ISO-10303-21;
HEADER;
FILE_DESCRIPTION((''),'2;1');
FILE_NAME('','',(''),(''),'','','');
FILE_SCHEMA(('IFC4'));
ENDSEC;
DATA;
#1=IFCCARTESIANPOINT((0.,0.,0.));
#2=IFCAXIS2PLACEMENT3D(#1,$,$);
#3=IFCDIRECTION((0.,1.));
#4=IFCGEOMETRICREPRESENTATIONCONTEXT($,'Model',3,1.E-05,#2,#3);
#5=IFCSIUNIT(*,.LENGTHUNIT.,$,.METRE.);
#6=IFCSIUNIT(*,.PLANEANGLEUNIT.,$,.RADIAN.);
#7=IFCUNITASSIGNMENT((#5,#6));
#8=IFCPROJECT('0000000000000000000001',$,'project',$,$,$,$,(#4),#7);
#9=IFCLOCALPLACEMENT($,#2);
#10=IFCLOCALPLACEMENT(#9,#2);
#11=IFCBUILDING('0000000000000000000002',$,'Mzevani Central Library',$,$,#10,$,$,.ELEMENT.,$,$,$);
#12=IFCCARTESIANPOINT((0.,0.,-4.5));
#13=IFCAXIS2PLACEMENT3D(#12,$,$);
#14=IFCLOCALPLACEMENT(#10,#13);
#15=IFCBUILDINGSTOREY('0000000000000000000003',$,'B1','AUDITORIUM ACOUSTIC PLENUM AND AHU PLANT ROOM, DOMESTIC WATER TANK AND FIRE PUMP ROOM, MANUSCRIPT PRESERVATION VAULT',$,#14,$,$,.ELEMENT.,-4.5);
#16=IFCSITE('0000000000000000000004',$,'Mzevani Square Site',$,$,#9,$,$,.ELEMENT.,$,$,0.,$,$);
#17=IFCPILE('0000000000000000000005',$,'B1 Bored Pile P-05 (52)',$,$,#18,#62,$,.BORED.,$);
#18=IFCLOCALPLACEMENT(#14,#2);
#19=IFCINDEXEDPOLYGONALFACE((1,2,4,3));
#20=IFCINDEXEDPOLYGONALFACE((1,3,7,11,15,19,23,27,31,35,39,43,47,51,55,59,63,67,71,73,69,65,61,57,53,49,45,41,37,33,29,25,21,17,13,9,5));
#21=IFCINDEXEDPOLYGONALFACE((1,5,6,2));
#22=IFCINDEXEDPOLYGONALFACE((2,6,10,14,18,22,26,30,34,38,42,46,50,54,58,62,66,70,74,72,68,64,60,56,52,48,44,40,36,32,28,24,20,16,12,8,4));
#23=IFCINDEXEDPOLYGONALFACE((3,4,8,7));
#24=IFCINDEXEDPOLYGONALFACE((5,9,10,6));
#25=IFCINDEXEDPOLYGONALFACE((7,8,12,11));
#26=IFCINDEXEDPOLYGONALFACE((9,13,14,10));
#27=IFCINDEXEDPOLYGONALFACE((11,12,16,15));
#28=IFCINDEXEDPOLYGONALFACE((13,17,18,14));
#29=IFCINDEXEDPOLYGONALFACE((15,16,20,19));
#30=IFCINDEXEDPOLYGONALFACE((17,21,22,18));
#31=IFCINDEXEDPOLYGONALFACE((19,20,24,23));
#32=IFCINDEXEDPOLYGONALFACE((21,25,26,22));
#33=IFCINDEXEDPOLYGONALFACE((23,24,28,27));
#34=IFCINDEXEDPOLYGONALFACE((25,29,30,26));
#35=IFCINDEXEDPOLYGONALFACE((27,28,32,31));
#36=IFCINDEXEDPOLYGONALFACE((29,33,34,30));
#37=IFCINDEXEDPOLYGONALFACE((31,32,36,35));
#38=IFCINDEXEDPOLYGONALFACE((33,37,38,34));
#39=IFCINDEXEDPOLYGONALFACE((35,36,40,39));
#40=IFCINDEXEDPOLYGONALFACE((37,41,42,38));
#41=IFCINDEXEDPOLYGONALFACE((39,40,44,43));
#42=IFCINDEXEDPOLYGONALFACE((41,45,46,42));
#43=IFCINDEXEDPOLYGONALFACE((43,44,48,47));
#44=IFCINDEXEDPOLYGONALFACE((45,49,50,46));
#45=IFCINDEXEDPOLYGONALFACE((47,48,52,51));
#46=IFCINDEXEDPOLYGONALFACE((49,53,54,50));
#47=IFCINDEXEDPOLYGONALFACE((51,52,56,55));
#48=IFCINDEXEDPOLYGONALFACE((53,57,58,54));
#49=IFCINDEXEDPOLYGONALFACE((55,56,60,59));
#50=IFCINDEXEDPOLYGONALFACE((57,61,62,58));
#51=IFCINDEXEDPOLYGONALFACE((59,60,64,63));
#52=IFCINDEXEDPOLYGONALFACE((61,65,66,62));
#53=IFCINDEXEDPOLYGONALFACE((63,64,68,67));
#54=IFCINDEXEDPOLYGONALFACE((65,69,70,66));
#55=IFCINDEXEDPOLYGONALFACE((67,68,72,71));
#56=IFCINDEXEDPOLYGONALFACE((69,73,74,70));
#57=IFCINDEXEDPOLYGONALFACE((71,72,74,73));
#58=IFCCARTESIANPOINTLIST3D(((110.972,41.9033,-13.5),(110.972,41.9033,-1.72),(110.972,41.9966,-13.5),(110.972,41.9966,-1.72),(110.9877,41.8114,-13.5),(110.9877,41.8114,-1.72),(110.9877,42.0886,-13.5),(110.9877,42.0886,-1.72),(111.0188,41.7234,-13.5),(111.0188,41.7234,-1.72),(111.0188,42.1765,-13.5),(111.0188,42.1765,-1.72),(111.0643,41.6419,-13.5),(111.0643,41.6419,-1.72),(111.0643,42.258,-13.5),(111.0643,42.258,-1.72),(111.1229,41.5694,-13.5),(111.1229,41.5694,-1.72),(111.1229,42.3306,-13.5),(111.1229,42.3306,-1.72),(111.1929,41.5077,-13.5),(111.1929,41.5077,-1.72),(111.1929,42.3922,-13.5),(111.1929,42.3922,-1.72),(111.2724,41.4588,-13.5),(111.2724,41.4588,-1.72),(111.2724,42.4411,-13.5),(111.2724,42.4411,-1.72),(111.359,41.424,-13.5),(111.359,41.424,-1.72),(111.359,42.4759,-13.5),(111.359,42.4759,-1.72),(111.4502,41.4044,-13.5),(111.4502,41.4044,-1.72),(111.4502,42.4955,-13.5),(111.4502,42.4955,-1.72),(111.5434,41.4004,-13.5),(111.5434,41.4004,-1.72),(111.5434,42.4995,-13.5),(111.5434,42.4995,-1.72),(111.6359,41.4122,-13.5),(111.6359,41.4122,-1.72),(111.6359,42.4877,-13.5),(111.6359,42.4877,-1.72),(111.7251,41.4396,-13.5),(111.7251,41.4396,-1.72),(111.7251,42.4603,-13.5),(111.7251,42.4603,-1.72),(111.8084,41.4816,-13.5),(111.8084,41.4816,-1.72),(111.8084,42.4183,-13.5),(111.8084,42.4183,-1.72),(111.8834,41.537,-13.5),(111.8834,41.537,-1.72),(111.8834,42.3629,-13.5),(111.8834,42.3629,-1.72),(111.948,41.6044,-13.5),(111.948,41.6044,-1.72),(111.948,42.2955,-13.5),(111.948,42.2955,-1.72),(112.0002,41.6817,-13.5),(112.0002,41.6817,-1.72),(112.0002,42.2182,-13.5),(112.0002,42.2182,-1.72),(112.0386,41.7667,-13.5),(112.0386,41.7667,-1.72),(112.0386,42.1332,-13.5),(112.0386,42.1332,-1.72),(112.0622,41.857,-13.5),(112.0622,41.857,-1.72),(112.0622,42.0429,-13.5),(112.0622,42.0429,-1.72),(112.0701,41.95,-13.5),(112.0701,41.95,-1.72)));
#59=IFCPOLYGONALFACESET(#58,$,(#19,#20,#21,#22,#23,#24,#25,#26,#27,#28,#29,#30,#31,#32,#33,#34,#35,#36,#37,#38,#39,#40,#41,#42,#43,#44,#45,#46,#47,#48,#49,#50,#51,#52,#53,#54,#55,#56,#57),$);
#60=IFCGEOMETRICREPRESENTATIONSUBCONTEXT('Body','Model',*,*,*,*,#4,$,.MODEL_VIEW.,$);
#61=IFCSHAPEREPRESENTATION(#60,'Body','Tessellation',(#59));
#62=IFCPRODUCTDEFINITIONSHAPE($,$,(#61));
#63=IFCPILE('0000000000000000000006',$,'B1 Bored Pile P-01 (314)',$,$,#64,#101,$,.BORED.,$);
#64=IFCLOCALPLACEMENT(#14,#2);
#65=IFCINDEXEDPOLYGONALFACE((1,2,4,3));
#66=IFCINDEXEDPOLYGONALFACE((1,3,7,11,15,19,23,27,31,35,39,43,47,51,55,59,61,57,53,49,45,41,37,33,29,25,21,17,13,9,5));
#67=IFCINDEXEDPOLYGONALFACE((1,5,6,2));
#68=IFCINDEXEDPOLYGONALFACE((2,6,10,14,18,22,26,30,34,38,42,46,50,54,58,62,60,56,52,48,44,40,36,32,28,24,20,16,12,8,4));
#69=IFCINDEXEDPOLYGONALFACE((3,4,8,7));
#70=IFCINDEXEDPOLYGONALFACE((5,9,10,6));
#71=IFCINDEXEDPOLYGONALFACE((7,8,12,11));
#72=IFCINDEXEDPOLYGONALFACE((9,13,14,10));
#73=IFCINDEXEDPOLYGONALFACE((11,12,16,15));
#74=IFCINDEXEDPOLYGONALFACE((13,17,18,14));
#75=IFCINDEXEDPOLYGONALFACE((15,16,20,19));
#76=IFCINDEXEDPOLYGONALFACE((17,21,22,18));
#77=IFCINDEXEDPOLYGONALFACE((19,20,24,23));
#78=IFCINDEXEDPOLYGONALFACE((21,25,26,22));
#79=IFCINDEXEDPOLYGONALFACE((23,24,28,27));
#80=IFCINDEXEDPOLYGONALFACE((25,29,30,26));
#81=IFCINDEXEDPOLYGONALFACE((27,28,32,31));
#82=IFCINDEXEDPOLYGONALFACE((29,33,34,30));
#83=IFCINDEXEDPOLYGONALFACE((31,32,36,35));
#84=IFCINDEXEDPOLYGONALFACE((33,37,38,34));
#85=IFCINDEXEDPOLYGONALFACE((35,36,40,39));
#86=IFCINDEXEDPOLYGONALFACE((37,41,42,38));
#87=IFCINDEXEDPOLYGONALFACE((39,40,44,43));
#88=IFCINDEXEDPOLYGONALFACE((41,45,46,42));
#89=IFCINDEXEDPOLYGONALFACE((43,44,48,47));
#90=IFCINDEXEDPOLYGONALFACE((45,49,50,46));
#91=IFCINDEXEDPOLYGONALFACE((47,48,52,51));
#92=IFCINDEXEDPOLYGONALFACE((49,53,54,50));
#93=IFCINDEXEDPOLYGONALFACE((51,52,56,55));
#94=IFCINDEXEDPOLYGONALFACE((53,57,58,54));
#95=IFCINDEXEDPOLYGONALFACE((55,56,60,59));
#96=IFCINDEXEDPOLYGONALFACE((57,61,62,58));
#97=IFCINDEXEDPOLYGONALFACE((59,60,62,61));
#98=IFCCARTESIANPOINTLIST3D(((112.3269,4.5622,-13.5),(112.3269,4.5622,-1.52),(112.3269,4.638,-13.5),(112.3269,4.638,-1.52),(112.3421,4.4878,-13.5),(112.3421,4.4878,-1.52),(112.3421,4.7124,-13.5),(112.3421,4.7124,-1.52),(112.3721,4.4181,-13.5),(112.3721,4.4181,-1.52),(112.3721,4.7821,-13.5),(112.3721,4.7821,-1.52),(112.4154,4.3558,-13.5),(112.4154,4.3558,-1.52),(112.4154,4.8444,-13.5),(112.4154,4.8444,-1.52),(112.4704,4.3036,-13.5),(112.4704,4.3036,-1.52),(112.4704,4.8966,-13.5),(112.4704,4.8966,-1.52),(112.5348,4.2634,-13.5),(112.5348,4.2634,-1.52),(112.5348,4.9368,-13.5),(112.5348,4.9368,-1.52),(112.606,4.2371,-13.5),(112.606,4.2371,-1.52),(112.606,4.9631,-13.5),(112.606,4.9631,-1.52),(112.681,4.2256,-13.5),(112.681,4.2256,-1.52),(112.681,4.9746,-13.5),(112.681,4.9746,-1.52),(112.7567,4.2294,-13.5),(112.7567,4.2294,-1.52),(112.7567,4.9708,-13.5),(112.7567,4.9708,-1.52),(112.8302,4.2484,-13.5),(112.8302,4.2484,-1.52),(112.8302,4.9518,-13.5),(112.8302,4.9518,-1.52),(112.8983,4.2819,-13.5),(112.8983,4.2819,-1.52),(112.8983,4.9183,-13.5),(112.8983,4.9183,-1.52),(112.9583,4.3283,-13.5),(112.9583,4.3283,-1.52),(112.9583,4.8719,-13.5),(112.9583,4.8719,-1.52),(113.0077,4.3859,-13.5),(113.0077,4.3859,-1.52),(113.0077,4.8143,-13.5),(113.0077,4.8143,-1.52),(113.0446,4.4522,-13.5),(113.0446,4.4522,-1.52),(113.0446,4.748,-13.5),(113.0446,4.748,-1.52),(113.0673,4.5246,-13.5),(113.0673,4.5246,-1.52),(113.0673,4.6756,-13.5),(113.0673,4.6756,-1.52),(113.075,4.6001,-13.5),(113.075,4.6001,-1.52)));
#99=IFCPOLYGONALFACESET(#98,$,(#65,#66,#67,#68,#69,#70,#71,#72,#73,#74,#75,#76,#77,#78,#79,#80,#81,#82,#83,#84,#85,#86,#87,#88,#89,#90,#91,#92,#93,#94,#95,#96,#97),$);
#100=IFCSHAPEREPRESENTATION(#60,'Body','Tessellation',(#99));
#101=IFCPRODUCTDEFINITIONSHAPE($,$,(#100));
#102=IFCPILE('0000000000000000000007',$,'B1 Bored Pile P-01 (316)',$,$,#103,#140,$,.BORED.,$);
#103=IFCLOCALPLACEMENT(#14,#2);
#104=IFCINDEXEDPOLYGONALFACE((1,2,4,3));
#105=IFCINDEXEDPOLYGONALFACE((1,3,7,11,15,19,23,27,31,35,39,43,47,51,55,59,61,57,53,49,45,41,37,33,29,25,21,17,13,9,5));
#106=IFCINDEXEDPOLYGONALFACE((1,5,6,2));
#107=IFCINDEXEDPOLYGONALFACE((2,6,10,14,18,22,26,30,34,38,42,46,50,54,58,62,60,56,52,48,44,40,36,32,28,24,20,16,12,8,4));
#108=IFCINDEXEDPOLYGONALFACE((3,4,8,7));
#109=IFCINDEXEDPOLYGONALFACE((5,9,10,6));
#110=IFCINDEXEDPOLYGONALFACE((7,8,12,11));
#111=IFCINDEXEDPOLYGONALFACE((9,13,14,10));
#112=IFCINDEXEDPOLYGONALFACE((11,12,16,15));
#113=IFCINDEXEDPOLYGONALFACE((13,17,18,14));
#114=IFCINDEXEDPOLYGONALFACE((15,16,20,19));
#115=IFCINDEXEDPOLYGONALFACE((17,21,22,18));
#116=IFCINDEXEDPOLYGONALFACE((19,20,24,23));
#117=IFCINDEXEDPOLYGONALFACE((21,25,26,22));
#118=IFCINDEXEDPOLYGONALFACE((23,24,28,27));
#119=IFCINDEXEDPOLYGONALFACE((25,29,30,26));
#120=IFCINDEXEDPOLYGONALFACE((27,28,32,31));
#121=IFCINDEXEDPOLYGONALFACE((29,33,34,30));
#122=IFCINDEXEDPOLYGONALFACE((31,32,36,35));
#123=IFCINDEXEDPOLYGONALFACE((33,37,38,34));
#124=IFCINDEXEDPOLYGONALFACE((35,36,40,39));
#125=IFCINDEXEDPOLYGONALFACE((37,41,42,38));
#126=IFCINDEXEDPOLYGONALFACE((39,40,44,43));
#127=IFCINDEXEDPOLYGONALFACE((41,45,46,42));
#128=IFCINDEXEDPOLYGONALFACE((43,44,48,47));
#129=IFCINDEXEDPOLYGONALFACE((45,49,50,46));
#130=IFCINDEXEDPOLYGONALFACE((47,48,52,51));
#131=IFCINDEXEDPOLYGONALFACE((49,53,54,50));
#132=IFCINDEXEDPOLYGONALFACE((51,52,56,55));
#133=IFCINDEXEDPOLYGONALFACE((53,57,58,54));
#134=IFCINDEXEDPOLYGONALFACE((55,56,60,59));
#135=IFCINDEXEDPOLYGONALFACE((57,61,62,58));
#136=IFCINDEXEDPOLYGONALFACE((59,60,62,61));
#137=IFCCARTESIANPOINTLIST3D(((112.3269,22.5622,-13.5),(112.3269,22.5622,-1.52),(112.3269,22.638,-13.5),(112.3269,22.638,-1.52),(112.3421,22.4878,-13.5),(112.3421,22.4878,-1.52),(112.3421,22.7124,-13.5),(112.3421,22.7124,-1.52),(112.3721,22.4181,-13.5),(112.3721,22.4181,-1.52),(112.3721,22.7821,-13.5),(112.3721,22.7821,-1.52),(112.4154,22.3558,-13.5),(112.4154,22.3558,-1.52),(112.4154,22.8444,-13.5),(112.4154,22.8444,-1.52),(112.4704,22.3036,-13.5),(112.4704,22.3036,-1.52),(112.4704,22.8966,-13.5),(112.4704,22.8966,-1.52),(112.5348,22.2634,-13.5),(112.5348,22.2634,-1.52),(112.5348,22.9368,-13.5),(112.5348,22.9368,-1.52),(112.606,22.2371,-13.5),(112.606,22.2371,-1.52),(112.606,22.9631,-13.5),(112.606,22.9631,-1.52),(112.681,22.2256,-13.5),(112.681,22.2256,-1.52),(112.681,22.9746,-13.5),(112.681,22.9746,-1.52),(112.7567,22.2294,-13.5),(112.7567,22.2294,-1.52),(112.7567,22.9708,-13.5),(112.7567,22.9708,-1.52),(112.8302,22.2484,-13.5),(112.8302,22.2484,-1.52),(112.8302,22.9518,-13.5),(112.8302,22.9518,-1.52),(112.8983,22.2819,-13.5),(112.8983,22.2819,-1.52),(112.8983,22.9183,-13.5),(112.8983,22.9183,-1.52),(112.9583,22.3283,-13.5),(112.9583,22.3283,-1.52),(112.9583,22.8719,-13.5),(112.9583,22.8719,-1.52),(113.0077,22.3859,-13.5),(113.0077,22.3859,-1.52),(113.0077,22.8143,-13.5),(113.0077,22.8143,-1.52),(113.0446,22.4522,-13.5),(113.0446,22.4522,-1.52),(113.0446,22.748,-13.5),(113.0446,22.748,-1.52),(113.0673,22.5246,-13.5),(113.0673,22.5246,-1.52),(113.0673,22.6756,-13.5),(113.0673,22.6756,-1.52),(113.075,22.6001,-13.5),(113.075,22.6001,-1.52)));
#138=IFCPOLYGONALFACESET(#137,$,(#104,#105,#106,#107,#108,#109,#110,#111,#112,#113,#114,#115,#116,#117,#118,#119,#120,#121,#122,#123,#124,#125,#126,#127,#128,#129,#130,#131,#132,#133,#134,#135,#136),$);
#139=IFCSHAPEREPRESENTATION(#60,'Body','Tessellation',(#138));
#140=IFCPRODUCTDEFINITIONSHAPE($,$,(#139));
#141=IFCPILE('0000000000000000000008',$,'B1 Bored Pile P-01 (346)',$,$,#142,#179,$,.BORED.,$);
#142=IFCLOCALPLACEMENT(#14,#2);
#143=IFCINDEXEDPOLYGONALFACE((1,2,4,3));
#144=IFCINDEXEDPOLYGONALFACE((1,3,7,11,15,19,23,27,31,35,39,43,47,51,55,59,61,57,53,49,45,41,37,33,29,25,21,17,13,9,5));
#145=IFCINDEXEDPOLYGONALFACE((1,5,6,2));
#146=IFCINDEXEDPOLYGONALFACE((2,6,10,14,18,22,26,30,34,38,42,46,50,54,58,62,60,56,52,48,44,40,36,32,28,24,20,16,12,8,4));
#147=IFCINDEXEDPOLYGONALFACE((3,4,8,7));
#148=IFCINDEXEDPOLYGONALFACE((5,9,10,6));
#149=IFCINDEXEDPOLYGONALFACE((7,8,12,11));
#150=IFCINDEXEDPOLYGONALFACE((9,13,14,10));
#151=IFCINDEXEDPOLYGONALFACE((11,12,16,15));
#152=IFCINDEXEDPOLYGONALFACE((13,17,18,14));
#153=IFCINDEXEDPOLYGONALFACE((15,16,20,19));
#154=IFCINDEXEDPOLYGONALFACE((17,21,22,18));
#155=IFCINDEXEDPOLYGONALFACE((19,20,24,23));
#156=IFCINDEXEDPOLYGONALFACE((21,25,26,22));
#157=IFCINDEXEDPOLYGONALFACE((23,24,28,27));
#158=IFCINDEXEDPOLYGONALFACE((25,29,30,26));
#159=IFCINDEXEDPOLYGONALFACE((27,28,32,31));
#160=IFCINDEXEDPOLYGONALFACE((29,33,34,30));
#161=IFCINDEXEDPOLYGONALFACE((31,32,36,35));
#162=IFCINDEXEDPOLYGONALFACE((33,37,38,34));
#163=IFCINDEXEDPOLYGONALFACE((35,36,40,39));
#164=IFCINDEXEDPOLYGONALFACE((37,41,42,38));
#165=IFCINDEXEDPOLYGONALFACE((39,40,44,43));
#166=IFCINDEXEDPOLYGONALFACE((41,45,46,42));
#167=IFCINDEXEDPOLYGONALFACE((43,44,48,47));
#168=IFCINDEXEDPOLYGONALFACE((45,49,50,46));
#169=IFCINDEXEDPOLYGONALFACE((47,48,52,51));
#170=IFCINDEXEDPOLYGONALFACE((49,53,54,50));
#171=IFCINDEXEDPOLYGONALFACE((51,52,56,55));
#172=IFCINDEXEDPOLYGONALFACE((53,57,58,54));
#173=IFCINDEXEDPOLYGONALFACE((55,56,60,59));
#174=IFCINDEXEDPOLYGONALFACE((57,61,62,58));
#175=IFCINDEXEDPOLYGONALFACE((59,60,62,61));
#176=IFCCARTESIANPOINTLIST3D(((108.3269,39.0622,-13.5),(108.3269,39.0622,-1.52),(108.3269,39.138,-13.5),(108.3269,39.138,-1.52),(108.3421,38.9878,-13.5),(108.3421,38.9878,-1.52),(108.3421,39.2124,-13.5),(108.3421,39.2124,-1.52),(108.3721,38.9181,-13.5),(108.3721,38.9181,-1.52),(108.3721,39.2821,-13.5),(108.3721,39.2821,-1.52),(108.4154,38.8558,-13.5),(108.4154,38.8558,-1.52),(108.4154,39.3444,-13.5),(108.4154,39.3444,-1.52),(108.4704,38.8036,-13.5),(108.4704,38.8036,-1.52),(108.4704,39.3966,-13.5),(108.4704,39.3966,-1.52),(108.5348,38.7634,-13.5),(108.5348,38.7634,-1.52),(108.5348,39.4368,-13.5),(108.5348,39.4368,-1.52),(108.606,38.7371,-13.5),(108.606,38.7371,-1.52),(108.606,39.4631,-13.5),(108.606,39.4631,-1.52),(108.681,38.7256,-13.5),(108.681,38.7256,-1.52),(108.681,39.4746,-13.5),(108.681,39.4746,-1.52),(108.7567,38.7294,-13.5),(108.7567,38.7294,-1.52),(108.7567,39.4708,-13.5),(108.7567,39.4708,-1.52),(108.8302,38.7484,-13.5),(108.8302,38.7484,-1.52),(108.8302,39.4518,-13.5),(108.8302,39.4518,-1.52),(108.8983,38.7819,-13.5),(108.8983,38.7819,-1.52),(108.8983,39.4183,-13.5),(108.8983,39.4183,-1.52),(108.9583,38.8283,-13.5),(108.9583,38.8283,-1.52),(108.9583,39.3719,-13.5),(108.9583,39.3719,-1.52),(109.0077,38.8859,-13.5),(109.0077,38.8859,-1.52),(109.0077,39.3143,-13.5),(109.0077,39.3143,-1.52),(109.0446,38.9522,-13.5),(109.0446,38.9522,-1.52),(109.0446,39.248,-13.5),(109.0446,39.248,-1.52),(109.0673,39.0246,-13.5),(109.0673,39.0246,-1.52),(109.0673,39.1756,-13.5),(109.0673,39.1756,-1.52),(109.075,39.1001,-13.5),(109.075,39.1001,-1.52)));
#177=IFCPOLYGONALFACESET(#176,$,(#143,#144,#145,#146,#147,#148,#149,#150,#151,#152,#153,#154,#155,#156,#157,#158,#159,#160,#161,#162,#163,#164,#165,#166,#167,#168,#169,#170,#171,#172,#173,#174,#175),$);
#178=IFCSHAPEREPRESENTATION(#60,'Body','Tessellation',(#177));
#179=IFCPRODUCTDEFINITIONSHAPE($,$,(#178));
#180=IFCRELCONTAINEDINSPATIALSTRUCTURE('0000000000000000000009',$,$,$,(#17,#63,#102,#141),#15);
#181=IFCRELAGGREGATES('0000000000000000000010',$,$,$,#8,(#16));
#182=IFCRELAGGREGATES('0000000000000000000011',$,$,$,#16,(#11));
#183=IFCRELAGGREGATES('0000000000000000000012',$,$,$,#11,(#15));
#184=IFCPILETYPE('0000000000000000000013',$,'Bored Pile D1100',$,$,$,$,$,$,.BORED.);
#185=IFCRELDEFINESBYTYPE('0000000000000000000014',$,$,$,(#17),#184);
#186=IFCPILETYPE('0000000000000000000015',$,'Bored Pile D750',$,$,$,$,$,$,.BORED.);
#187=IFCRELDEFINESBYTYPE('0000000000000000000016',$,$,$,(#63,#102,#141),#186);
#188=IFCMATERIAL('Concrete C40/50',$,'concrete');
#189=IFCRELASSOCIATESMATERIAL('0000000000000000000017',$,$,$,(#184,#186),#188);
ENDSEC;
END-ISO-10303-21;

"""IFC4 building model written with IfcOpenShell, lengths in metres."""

from ifc_helpers import new_model, si_unit, direction, frame, origin, origin_2d, place, context, subcontext, project, spatial, circle, extrude, material, material_profile, profile_set, type_object, element, save


model = new_model("IFC4")

# Units and contexts
model_context = context("Model", 3, precision=1e-05, world=origin(), true_north=direction((0.0, 1.0)))
body_context = subcontext(model_context, "Body", "Model", "MODEL_VIEW")
ifc_project = project(units=[si_unit("LENGTHUNIT", "METRE"), si_unit("PLANEANGLEUNIT", "RADIAN")], contexts=[model_context])

# Site, building, storey
site_placement = place(None, origin())
site = spatial("IfcSite", under=ifc_project, at=site_placement, Name="Mzevani Square Site", CompositionType="ELEMENT", RefElevation=0.0)
building_placement = place(site_placement, origin())
building = spatial("IfcBuilding", under=site, at=building_placement, Name="Mzevani Central Library", CompositionType="ELEMENT")
storey_placement = place(building_placement, frame((0.0, 0.0, -4.5)))
storey = spatial("IfcBuildingStorey", under=building, at=storey_placement, Name="B1", Description="AUDITORIUM ACOUSTIC PLENUM AND AHU PLANT ROOM, DOMESTIC WATER TANK AND FIRE PUMP ROOM, MANUSCRIPT PRESERVATION VAULT", CompositionType="ELEMENT", Elevation=-4.5)

# Piles
ifc_material_1 = material(Name="Concrete C40/50", Category="concrete")
ifc_material_profile_1 = material_profile(ifc_material_1, circle(Radius=0.55, at=origin_2d()), Name="PILE D1100")
ifc_profile_set_1 = profile_set([ifc_material_profile_1], Name="Concrete C40/50")
pile_type_1 = type_object("IfcPileType", Name="Bored Pile D1100", PredefinedType="BORED", material=ifc_profile_set_1)
pile_1_placement = place(storey_placement, frame((111.52, 41.95, -1.72), z_axis=(0.0, 0.0, -1.0), x_axis=(1.0, 0.0, 0.0)))
element("IfcPile", 1, at=pile_1_placement, inside=storey, type_object=pile_type_1, Name="B1 Bored Pile P-05 (52)", PredefinedType="BORED", context=body_context, shape_type="SweptSolid", body=[
    extrude(circle(Radius=0.55, at=origin_2d()), origin(), (0.0, 0.0, 1.0), 11.78),
])
ifc_material_profile_2 = material_profile(ifc_material_1, circle(Radius=0.375, at=origin_2d()), Name="PILE D750")
ifc_profile_set_2 = profile_set([ifc_material_profile_2], Name="Concrete C40/50")
pile_type_2 = type_object("IfcPileType", Name="Bored Pile D750", PredefinedType="BORED", material=ifc_profile_set_2)
for number, where, z_axis, x_axis, name in (
    (2, (112.7, 4.6001, -1.52), (0.0, 0.0, -1.0), (1.0, 0.0, 0.0), "B1 Bored Pile P-01 (314)"),
    (3, (112.7, 22.6001, -1.52), (0.0, 0.0, -1.0), (1.0, 0.0, 0.0), "B1 Bored Pile P-01 (316)"),
    (4, (108.7, 39.1001, -1.52), (0.0, 0.0, -1.0), (1.0, 0.0, 0.0), "B1 Bored Pile P-01 (346)"),
):
    element("IfcPile", number, at=place(storey_placement, frame(where, z_axis=z_axis, x_axis=x_axis)), inside=storey, type_object=pile_type_2, Name=name, PredefinedType="BORED", context=body_context, shape_type="SweptSolid", body=[
        extrude(circle(Radius=0.375, at=origin_2d()), origin(), (0.0, 0.0, 1.0), 11.98),
    ])

save(model, "model.ifc")
